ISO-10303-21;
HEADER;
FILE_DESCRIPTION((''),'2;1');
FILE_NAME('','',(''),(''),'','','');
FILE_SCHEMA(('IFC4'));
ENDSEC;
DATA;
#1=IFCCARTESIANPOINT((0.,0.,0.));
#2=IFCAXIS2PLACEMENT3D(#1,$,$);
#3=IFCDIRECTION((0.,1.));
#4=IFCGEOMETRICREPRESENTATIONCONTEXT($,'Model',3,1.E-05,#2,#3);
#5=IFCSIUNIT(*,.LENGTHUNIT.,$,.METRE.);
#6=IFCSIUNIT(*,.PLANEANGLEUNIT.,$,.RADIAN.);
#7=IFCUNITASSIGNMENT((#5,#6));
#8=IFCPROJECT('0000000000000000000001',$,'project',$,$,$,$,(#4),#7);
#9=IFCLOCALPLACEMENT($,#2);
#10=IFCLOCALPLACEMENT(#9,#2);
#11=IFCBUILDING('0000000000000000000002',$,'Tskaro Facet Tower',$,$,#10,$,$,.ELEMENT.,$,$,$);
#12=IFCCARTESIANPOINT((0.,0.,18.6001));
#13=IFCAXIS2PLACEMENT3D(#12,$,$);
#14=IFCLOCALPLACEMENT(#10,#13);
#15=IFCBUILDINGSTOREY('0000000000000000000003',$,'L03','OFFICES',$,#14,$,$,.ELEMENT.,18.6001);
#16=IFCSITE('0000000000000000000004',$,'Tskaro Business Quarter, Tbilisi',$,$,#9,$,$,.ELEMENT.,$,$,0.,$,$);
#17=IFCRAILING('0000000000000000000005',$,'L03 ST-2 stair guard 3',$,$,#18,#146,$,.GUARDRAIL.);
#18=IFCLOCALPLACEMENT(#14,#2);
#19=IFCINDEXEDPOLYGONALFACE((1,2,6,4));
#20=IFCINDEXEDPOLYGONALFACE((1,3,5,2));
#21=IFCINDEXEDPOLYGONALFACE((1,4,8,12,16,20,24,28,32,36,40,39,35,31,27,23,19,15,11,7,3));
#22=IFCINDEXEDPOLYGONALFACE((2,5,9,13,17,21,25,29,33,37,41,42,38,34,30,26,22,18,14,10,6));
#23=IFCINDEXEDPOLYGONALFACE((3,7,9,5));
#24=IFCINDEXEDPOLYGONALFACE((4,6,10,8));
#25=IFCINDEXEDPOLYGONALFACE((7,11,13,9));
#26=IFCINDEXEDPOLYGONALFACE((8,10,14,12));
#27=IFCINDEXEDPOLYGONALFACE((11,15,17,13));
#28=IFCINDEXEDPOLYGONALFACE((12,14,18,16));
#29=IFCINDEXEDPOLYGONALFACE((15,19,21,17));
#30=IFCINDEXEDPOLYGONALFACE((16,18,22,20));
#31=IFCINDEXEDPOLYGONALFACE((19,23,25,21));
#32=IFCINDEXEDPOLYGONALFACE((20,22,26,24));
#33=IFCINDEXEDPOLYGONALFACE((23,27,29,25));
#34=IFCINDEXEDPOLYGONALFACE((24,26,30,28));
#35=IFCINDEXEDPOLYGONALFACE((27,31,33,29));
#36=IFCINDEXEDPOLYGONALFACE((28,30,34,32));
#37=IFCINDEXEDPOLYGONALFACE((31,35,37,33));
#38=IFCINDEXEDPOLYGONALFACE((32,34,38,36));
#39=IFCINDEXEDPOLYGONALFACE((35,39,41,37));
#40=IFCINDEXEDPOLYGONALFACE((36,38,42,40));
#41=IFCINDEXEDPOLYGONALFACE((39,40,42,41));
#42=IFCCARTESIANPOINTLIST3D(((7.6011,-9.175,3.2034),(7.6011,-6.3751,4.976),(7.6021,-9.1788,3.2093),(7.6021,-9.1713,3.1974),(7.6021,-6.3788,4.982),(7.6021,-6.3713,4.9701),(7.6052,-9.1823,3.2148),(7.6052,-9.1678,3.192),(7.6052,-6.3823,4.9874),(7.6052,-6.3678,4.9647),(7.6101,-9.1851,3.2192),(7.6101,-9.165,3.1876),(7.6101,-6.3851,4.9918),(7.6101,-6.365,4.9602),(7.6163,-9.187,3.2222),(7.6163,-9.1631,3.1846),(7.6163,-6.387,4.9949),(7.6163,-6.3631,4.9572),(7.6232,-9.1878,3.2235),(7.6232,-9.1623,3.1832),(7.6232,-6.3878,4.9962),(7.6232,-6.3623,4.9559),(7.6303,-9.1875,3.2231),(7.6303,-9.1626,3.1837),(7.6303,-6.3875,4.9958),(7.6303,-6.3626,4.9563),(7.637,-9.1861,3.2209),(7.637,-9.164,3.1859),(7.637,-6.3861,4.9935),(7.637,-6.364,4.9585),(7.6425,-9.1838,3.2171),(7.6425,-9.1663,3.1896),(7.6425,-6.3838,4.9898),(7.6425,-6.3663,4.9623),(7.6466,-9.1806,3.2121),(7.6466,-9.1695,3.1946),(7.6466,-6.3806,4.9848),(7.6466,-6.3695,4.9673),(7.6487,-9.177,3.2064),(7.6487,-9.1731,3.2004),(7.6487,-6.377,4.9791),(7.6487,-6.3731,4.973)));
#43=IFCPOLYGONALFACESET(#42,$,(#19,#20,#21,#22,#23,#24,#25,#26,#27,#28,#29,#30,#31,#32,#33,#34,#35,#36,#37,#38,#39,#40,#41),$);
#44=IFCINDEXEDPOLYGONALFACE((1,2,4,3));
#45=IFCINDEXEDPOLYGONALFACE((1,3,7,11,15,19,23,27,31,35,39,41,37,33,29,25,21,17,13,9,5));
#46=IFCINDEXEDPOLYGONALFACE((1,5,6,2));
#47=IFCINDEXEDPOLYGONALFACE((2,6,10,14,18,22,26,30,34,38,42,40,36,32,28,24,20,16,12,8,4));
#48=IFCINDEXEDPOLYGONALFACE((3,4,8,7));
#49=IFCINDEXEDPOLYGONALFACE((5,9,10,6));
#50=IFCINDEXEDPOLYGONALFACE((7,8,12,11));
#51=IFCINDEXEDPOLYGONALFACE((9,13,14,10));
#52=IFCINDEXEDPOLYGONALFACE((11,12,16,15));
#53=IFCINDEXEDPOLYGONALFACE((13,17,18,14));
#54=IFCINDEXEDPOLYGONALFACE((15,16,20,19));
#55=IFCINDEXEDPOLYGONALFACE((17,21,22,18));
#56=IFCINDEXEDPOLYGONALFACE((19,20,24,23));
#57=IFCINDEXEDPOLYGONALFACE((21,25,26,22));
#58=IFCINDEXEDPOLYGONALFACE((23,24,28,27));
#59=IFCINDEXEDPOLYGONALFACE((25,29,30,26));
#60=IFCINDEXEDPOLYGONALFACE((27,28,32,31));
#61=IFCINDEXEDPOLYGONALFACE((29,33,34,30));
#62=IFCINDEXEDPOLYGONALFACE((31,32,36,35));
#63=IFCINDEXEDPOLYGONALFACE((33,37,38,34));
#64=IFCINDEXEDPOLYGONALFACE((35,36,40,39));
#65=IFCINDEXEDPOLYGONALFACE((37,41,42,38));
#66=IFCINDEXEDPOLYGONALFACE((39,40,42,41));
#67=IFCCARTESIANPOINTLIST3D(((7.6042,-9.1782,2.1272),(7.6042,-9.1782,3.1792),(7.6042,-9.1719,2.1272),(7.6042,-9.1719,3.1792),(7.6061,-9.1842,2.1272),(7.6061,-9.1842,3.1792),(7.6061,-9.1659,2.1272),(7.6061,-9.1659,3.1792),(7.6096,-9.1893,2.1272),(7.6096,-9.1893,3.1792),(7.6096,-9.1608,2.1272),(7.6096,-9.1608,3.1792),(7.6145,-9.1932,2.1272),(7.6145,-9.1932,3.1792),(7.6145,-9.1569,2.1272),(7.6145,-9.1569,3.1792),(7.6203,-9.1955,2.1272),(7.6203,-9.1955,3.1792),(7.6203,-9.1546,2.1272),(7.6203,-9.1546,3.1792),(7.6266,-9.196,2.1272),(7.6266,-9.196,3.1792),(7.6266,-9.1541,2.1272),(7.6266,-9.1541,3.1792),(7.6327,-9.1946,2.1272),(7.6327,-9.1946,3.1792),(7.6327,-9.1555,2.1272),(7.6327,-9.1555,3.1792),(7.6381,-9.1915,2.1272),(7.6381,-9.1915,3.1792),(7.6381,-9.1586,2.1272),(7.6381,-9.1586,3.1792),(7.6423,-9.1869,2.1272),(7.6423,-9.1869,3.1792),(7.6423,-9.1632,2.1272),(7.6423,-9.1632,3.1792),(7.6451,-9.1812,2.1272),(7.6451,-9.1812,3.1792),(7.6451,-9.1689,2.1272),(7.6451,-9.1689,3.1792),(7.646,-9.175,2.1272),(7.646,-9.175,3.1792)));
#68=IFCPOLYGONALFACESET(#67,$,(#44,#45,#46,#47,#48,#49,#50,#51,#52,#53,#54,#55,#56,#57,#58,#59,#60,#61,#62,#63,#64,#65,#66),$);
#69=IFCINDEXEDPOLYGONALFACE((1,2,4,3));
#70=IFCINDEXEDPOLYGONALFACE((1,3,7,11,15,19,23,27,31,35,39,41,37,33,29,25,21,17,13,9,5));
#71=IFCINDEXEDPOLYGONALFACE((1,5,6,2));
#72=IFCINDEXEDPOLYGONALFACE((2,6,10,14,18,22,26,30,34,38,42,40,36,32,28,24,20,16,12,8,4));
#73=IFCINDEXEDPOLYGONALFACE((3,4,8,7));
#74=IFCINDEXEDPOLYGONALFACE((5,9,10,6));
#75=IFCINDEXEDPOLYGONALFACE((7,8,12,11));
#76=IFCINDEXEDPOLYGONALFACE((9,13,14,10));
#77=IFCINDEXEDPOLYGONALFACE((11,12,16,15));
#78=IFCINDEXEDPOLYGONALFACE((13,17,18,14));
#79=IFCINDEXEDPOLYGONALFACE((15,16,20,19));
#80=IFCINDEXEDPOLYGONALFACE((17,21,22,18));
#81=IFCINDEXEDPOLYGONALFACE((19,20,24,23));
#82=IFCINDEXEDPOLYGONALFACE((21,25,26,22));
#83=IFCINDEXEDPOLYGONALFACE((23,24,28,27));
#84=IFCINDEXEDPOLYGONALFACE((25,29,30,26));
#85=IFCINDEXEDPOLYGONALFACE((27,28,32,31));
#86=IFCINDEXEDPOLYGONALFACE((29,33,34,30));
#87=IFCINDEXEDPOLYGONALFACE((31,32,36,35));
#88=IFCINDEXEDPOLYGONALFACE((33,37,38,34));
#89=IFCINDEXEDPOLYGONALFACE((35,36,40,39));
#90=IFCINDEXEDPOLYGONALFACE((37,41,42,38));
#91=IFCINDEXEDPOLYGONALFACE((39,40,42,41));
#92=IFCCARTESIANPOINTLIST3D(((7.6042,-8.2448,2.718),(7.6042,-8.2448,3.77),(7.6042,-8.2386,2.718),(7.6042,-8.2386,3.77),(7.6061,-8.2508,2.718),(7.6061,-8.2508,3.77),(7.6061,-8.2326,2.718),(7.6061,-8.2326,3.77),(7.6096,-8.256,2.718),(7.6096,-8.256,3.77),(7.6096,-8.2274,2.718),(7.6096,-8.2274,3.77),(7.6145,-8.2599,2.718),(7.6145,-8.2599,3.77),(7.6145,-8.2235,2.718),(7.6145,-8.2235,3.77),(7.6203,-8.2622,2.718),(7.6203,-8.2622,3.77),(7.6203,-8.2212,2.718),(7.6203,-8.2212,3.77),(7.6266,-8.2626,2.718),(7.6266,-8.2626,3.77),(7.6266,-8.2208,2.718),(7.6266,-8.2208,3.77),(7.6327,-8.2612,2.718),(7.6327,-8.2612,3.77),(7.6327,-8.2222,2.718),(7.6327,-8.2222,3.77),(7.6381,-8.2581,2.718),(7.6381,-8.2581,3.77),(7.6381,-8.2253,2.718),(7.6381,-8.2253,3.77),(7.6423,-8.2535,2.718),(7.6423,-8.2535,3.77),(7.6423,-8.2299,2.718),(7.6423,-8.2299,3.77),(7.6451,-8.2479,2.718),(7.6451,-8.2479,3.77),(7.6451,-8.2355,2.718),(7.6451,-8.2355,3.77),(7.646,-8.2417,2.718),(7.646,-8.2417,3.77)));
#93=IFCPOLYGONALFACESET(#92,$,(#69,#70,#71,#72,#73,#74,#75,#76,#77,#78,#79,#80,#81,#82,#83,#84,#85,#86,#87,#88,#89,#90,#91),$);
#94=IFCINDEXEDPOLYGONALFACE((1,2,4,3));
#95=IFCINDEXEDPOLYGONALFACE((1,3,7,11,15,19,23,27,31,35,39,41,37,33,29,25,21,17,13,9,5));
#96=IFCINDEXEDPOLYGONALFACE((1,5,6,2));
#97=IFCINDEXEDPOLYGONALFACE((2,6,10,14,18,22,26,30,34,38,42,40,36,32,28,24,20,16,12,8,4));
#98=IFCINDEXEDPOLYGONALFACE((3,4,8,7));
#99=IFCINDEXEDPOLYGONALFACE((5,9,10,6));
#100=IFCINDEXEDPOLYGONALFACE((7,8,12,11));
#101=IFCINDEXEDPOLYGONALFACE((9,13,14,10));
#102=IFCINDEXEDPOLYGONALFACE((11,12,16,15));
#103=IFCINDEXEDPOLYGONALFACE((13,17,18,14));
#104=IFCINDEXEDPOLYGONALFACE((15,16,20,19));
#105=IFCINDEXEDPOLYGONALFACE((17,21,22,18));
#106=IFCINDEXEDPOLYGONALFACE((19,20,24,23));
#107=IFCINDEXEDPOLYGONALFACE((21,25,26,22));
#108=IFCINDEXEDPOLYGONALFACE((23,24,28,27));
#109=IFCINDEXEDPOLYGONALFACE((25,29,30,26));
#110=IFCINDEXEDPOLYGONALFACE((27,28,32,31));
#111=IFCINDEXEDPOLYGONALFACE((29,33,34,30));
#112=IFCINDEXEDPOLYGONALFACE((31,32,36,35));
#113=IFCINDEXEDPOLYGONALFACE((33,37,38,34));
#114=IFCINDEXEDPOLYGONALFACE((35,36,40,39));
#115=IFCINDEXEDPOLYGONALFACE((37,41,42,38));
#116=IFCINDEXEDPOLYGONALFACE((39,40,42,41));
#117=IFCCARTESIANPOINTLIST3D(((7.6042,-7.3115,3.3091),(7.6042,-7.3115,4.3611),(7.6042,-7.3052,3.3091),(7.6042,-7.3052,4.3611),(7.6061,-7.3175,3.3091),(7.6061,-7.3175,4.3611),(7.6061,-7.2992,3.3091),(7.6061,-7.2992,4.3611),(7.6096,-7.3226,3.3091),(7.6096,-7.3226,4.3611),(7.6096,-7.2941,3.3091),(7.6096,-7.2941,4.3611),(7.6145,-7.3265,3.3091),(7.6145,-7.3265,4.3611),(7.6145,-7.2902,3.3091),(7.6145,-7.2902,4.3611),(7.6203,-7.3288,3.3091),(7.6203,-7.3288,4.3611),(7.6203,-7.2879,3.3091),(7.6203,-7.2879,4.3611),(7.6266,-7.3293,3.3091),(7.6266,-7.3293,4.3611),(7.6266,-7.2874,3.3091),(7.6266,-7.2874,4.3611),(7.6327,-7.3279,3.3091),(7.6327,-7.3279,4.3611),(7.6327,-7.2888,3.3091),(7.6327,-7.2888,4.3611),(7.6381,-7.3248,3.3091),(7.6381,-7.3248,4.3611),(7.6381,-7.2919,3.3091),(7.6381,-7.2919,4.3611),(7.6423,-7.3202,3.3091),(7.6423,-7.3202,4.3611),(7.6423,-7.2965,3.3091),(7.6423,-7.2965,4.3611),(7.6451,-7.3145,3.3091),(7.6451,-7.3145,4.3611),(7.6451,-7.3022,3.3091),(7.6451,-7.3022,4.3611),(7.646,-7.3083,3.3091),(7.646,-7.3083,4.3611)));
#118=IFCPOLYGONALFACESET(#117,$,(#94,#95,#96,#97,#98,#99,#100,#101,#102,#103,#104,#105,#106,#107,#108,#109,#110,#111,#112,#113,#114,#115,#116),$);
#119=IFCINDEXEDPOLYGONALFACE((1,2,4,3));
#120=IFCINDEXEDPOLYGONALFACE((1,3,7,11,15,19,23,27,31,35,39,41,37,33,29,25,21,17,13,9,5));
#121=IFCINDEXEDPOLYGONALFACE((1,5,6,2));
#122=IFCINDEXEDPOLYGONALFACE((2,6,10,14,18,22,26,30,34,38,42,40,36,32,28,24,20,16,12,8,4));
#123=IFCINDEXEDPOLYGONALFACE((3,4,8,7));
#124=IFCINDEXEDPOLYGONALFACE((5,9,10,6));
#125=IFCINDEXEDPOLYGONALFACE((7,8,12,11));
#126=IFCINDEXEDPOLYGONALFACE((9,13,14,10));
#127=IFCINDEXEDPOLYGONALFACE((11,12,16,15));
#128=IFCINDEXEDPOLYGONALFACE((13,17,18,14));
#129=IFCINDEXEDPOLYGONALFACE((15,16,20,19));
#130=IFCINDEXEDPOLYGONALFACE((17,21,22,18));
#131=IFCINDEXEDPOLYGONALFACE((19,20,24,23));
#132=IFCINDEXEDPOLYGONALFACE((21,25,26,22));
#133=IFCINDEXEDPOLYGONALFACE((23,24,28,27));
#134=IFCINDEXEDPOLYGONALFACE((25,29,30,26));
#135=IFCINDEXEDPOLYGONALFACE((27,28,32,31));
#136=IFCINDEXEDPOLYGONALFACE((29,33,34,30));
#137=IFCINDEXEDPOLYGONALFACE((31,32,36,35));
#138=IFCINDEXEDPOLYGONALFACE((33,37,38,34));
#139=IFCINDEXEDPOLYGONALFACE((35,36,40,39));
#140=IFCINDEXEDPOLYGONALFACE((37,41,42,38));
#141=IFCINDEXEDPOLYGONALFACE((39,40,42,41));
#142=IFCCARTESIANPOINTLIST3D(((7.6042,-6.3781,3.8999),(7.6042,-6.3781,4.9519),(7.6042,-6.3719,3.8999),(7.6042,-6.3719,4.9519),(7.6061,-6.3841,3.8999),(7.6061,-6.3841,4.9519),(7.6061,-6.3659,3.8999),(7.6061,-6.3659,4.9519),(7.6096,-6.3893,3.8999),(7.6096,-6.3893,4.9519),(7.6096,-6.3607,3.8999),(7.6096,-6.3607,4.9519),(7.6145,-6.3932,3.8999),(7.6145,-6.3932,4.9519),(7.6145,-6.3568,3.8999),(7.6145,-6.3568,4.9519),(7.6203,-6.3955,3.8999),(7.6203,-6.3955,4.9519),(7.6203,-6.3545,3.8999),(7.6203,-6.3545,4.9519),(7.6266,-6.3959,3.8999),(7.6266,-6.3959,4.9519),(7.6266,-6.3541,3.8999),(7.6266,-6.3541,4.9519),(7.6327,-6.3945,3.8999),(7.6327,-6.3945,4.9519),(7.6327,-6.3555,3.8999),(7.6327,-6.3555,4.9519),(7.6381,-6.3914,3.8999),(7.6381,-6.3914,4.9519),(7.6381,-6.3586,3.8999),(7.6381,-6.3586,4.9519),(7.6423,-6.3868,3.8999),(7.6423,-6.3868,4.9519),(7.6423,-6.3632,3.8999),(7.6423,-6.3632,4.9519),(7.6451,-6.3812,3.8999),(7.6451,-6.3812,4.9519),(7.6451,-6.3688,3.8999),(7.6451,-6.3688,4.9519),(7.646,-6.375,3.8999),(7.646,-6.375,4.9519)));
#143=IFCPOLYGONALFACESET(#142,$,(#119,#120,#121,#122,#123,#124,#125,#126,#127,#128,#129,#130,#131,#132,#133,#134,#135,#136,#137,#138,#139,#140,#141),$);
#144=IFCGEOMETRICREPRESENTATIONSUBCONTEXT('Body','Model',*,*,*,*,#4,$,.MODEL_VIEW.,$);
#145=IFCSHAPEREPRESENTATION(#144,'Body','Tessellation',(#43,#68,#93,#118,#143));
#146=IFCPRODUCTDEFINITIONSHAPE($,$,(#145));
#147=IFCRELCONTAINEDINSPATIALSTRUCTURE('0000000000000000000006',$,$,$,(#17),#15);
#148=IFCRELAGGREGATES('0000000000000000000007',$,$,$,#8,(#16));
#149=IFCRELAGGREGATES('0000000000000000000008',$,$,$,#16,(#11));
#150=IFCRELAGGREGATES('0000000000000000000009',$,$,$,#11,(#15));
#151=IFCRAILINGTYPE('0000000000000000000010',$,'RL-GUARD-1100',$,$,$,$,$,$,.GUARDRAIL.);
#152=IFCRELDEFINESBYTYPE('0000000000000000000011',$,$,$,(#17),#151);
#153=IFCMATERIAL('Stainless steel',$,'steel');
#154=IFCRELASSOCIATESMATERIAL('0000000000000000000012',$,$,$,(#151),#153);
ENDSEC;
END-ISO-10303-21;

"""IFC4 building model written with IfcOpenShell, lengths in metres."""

from ifc_helpers import new_model, si_unit, direction, frame, origin, origin_2d, place, context, subcontext, project, spatial, circle, extrude, material, type_object, element, save


model = new_model("IFC4")

# Units and contexts
model_context = context("Model", 3, precision=1e-05, world=origin(), true_north=direction((0.0, 1.0)))
body_context = subcontext(model_context, "Body", "Model", "MODEL_VIEW")
ifc_project = project(units=[si_unit("LENGTHUNIT", "METRE"), si_unit("PLANEANGLEUNIT", "RADIAN")], contexts=[model_context])

# Site, building, storey
site_placement = place(None, origin())
site = spatial("IfcSite", under=ifc_project, at=site_placement, Name="Tskaro Business Quarter, Tbilisi", CompositionType="ELEMENT", RefElevation=0.0)
building_placement = place(site_placement, origin())
building = spatial("IfcBuilding", under=site, at=building_placement, Name="Tskaro Facet Tower", CompositionType="ELEMENT")
storey_placement = place(building_placement, frame((0.0, 0.0, 18.6001)))
storey = spatial("IfcBuildingStorey", under=building, at=storey_placement, Name="L03", Description="OFFICES", CompositionType="ELEMENT", Elevation=18.6001)

# Railing
ifc_material_1 = material(Name="Stainless steel", Category="steel")
railing_type_1 = type_object("IfcRailingType", Name="RL-GUARD-1100", PredefinedType="GUARDRAIL", material=ifc_material_1)
railing_1_placement = place(storey_placement, frame((7.625, -9.175, 2.1272)))
element("IfcRailing", 1, at=railing_1_placement, inside=storey, type_object=railing_type_1, Name="L03 ST-2 stair guard 3", PredefinedType="GUARDRAIL", context=body_context, shape_type="SweptSolid", body=[
    extrude(circle(Radius=0.0239, at=origin_2d()), frame((0.0, 0.0, 1.0762), z_axis=(0.0, 0.844909, 0.53491), x_axis=(-1.0, 0.0, 0.0)), (0.0, 0.0, 1.0), 3.314),
    extrude(circle(Radius=0.021, at=origin_2d()), origin(), (0.0, 0.0, 1.0), 1.052),
    extrude(circle(Radius=0.021, at=origin_2d()), frame((0.0, 0.9333, 0.5908)), (0.0, 0.0, 1.0), 1.052),
    extrude(circle(Radius=0.021, at=origin_2d()), frame((0.0, 1.8667, 1.1819)), (0.0, 0.0, 1.0), 1.052),
    extrude(circle(Radius=0.021, at=origin_2d()), frame((0.0, 2.8, 1.7727)), (0.0, 0.0, 1.0), 1.052),
])

save(model, "model.ifc")
